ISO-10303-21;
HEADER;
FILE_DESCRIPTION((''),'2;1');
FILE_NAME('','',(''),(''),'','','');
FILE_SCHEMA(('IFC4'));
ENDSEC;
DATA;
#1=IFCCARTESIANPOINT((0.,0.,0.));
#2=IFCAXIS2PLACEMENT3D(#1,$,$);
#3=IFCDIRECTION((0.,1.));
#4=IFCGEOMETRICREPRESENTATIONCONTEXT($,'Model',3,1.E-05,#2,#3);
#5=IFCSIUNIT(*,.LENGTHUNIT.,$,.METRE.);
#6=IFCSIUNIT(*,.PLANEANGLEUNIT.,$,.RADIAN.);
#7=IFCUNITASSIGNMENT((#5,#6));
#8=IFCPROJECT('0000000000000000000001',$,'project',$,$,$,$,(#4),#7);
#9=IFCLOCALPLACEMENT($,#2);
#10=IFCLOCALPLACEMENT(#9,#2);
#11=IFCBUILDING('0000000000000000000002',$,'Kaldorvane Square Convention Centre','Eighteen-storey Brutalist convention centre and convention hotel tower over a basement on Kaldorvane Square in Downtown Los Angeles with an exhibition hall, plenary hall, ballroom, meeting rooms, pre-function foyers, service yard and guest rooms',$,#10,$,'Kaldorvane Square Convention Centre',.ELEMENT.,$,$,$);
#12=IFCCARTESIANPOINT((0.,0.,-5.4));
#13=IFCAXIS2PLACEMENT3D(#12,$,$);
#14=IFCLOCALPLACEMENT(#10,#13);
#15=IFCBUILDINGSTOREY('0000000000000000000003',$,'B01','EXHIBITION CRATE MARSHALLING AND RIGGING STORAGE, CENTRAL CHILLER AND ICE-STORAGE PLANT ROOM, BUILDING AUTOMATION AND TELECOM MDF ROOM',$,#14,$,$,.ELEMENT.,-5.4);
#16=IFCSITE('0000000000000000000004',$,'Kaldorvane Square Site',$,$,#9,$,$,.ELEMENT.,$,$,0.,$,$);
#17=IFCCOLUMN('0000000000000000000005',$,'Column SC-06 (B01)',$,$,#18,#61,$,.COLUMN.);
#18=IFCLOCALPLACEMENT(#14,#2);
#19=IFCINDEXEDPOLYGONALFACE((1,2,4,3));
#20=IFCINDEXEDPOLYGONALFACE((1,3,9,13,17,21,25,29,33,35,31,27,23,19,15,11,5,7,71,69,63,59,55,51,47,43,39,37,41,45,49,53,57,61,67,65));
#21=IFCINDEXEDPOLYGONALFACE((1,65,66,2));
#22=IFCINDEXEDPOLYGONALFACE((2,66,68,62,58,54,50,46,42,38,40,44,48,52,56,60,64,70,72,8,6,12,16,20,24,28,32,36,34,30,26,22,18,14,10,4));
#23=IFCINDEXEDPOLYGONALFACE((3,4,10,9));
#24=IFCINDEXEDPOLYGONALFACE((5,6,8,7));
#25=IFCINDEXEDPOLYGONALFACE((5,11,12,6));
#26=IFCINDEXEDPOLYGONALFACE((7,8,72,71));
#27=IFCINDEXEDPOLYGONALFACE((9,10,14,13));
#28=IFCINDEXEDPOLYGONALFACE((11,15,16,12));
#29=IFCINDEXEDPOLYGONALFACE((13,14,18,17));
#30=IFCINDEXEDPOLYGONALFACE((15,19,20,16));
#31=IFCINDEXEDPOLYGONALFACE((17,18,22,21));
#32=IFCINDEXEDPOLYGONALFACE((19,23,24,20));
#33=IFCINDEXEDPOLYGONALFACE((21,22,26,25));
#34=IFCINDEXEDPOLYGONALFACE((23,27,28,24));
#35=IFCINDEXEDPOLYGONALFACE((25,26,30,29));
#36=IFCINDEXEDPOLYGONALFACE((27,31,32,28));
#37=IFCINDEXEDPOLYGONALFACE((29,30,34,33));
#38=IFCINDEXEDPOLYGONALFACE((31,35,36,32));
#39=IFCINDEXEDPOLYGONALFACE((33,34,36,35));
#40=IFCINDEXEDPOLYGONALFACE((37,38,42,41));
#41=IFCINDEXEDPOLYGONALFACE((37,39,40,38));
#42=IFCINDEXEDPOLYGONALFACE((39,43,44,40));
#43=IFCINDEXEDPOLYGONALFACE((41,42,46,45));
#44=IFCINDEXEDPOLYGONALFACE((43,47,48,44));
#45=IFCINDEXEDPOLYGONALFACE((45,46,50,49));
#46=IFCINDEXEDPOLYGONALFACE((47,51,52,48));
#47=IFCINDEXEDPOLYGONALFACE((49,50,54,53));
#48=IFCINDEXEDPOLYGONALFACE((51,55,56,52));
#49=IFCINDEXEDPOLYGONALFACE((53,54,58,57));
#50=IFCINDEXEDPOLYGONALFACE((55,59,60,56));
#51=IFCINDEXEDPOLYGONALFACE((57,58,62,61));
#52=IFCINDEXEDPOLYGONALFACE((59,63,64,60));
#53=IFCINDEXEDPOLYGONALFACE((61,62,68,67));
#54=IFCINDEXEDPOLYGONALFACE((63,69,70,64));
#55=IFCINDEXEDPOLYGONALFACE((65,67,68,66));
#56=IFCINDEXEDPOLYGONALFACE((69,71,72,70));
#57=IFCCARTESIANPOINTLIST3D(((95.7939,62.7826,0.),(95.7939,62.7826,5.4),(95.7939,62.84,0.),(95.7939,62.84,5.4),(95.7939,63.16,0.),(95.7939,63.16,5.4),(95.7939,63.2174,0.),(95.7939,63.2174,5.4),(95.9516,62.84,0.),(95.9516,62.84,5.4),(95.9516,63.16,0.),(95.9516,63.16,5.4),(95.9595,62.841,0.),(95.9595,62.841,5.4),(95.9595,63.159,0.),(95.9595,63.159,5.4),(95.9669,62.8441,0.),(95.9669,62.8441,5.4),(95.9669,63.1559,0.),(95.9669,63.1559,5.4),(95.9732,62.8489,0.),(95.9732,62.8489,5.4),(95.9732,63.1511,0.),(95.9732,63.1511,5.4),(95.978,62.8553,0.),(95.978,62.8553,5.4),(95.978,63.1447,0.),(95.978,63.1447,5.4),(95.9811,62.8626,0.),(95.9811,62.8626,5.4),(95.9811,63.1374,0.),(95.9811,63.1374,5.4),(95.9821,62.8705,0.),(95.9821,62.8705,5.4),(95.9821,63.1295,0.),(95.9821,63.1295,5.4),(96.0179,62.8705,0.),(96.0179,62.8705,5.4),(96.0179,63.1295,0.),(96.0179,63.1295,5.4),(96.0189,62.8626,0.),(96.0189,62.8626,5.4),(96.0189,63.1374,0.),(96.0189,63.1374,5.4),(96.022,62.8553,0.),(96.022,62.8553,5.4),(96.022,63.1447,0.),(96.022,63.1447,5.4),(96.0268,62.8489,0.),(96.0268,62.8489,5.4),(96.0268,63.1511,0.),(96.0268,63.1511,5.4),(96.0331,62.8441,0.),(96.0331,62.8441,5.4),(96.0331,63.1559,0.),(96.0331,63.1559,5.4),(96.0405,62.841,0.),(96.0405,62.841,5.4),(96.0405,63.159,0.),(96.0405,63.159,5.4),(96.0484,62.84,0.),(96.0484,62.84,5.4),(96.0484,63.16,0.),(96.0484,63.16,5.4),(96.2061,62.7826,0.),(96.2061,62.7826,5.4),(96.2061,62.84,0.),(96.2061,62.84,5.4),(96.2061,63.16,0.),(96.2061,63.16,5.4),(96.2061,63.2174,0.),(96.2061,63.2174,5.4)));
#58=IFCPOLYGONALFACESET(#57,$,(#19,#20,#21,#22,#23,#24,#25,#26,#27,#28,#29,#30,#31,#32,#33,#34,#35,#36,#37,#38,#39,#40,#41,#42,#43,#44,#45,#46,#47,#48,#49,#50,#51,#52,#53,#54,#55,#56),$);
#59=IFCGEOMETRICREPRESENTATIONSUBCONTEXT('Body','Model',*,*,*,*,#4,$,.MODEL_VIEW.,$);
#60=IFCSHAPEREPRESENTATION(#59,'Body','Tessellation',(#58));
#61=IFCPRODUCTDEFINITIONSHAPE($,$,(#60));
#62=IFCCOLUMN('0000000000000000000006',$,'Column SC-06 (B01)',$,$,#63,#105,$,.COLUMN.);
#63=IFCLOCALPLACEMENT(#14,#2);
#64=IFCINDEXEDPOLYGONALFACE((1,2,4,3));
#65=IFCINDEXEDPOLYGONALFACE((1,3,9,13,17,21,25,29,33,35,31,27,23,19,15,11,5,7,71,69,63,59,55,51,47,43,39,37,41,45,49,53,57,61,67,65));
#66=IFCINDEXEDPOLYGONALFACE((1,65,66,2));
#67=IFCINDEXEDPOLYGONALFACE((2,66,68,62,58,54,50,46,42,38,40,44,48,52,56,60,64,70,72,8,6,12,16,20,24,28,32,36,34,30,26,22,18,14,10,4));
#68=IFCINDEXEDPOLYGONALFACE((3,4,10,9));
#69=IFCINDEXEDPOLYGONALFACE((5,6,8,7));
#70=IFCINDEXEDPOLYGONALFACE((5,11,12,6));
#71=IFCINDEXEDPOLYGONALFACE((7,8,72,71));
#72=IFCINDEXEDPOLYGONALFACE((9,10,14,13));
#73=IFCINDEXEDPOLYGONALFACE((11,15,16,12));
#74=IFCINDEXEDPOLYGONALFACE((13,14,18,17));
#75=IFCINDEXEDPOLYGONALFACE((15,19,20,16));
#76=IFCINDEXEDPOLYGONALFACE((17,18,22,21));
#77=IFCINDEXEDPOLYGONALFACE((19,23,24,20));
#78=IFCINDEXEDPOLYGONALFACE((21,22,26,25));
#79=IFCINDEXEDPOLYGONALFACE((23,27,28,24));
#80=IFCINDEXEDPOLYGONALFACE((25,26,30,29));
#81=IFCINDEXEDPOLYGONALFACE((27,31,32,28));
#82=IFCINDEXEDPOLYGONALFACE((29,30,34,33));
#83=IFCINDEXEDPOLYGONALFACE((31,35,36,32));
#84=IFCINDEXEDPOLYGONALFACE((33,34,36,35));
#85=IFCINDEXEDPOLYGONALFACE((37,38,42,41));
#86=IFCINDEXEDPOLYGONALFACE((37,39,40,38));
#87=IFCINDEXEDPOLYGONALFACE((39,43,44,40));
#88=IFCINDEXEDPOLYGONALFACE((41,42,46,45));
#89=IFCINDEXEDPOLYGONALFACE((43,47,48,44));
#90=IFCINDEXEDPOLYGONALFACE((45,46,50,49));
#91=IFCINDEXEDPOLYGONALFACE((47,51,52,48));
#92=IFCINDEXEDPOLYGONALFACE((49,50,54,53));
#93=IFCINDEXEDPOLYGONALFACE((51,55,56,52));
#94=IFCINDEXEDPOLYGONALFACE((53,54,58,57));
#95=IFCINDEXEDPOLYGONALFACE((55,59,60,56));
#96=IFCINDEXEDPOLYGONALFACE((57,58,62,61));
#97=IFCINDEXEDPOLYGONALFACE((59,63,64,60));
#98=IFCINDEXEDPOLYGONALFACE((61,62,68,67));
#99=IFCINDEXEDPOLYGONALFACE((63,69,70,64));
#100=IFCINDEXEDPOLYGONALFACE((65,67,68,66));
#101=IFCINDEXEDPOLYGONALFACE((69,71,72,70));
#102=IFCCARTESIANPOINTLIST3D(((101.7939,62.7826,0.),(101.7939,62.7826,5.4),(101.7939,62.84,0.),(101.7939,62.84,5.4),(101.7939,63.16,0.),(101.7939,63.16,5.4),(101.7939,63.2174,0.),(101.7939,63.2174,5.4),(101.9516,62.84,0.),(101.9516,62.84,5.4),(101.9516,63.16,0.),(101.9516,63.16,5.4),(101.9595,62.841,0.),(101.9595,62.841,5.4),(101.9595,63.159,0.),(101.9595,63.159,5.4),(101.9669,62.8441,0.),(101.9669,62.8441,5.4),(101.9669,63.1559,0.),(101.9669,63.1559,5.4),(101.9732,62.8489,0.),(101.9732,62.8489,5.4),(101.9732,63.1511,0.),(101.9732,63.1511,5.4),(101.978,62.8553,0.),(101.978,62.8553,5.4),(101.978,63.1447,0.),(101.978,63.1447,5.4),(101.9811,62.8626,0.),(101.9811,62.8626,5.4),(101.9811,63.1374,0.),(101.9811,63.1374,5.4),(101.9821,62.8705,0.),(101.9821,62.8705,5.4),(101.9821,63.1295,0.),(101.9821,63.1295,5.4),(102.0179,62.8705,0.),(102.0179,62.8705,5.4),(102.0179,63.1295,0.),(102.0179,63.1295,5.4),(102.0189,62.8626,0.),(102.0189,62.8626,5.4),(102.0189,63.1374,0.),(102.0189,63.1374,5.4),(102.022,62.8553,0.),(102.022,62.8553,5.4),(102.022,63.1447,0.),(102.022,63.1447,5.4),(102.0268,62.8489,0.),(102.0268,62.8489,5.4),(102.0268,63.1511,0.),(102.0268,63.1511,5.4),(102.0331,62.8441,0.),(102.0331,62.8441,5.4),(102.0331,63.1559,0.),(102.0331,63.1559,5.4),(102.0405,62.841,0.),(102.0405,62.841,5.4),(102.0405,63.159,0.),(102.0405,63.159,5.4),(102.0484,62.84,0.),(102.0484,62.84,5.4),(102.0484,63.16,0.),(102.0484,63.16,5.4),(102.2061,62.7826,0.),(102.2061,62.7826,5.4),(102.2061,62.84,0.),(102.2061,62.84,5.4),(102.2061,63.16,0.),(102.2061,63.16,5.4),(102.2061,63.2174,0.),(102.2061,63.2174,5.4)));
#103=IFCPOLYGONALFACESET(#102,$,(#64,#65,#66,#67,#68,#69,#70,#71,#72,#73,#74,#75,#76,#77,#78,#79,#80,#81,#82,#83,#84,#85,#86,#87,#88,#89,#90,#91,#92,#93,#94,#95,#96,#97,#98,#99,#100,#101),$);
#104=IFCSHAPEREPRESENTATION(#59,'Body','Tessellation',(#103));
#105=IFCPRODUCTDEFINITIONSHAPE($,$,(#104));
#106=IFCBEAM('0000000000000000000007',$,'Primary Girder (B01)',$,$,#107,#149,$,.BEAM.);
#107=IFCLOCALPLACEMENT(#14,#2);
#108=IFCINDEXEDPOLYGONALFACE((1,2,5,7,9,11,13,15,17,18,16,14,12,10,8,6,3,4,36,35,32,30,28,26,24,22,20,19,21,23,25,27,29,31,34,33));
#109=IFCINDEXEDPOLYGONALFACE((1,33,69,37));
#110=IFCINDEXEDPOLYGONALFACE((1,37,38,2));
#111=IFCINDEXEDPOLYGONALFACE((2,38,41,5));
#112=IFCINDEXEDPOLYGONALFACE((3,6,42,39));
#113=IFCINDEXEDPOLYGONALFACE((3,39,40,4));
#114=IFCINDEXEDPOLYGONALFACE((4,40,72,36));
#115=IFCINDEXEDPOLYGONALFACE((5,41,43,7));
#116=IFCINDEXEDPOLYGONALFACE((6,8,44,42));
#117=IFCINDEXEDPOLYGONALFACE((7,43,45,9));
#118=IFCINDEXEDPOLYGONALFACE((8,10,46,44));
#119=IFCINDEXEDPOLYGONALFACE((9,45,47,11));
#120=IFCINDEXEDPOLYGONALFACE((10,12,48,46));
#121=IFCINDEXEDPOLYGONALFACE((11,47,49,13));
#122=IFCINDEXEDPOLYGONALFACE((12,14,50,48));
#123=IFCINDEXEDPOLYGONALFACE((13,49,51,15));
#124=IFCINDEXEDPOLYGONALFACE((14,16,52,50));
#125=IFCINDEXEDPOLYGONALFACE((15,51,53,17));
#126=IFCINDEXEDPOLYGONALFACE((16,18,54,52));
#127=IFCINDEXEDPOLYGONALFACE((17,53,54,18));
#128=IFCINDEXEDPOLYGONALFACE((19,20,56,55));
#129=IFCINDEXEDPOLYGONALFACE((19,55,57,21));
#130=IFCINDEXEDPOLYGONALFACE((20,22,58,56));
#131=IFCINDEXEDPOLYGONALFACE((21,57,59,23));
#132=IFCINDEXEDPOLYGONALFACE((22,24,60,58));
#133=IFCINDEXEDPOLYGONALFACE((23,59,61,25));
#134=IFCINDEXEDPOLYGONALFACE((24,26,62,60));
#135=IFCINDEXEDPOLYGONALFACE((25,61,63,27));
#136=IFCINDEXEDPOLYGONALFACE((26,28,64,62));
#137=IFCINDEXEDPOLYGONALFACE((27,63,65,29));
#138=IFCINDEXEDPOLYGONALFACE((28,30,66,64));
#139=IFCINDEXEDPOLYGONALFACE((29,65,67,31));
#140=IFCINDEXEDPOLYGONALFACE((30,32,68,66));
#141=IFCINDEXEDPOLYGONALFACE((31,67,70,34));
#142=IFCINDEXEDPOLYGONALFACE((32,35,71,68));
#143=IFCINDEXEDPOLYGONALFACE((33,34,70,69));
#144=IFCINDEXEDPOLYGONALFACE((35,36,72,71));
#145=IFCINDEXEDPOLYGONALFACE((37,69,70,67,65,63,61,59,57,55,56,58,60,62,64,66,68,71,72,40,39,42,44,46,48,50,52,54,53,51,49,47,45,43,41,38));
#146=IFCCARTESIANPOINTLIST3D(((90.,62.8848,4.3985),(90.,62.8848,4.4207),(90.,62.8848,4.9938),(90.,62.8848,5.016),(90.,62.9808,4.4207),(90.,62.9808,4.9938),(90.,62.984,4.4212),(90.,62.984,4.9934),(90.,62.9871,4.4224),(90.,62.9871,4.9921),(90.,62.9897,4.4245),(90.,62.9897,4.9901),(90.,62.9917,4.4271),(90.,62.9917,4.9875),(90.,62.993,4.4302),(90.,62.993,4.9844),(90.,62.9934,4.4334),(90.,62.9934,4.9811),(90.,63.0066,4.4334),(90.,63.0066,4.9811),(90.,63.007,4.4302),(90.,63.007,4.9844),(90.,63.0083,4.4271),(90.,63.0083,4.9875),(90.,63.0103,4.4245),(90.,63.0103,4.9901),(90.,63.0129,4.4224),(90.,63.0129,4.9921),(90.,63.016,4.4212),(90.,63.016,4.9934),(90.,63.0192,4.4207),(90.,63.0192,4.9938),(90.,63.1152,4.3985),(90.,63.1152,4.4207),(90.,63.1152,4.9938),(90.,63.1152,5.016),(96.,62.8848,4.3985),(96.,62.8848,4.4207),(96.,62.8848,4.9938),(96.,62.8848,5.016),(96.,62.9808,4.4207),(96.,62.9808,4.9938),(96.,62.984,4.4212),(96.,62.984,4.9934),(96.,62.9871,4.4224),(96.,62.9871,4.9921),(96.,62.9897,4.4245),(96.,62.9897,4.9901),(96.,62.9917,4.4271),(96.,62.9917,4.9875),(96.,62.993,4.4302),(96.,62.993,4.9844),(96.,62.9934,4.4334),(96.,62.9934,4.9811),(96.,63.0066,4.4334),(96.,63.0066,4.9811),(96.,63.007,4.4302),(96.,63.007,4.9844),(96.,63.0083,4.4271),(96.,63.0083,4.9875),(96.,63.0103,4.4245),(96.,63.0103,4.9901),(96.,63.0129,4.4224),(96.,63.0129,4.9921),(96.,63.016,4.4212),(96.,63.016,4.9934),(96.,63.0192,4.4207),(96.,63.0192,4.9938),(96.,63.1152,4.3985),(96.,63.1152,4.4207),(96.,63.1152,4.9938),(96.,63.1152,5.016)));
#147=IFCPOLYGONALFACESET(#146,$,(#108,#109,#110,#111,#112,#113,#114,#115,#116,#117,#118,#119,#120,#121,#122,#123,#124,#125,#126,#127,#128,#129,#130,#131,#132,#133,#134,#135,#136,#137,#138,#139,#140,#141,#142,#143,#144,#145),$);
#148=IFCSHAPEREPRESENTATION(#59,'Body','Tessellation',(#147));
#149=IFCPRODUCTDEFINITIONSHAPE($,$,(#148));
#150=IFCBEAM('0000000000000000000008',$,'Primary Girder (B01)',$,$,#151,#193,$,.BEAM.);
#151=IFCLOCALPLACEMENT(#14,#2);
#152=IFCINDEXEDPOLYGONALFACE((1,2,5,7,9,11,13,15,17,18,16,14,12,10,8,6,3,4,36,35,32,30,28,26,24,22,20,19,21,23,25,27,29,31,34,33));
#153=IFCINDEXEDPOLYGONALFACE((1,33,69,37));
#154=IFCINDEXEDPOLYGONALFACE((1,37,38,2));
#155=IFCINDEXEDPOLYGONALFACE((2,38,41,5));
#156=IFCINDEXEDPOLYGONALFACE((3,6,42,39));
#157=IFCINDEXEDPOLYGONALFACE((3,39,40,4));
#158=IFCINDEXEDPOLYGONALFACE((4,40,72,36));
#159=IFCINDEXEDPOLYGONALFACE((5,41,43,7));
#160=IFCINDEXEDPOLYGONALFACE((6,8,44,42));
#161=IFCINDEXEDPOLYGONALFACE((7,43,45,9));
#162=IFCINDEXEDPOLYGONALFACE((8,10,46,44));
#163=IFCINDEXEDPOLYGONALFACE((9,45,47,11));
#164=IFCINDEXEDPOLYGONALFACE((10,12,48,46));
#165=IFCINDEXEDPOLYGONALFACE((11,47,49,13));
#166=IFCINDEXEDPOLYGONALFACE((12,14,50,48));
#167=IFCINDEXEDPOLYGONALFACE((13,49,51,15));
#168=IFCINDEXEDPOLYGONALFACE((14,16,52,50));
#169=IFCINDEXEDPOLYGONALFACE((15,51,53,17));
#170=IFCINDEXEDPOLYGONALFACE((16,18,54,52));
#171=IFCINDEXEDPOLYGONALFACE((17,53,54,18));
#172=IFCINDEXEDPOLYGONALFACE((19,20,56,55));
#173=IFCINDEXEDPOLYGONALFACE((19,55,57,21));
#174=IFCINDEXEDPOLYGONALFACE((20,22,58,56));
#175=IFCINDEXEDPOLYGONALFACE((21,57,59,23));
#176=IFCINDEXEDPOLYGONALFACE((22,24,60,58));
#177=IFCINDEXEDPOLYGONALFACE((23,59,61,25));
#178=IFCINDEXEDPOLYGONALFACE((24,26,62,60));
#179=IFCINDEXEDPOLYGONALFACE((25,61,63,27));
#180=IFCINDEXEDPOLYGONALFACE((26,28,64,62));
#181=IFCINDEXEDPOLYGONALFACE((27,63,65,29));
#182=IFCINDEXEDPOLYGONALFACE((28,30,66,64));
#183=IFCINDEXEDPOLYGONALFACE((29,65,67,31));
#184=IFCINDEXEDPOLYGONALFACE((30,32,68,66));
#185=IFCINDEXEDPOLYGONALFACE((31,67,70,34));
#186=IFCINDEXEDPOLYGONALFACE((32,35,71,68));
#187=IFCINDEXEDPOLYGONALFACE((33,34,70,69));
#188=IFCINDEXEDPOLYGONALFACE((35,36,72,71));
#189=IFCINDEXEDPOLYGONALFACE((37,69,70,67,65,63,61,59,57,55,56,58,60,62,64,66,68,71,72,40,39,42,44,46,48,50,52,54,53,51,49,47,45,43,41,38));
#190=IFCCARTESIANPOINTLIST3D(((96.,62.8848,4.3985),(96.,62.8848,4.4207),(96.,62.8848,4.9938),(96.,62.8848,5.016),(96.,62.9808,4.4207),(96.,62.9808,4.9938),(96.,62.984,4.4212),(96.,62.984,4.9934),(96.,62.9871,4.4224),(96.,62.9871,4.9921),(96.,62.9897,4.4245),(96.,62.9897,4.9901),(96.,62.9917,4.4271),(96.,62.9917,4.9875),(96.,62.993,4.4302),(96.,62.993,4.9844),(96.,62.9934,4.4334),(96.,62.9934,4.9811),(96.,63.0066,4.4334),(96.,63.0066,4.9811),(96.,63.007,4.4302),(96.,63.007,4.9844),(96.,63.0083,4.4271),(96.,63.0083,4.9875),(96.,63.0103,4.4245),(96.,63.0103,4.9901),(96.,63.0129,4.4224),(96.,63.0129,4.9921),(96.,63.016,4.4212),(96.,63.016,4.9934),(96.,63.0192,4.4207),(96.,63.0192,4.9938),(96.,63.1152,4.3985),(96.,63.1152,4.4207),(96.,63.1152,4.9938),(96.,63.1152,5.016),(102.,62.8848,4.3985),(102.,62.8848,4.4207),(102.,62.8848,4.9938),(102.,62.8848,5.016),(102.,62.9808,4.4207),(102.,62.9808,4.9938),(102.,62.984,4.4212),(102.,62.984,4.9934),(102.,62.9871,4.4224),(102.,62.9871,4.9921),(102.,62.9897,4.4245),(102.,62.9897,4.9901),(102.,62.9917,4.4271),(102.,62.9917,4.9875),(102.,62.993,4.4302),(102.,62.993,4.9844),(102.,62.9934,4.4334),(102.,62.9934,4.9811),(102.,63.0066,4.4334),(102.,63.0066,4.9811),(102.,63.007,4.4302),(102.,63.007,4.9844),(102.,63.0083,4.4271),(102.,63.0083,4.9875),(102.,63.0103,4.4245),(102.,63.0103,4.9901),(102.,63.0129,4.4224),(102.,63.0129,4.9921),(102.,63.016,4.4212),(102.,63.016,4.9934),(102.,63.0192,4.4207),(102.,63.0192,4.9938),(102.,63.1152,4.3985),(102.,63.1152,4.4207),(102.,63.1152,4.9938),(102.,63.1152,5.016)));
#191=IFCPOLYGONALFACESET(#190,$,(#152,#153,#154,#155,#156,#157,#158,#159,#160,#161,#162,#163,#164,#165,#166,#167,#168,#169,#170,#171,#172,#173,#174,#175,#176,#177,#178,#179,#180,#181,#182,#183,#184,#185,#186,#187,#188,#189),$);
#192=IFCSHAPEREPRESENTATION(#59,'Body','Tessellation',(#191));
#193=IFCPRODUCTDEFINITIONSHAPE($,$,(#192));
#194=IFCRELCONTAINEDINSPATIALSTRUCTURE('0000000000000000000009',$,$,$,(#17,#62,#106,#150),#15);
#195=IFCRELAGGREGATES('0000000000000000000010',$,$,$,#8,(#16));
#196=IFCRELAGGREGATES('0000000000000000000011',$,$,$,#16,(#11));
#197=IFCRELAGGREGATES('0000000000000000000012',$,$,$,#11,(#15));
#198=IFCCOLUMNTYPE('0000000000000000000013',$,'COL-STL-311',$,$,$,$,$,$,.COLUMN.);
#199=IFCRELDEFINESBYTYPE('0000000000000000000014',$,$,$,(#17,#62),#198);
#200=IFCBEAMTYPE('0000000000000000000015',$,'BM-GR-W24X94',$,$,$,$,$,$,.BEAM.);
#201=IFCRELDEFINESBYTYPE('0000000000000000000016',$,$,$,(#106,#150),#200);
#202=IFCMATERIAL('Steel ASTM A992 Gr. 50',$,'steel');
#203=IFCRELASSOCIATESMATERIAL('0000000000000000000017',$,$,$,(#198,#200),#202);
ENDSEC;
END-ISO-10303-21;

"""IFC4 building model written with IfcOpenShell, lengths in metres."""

from ifc_helpers import new_model, si_unit, direction, frame, origin, origin_2d, place, context, subcontext, project, spatial, i_section, extrude, material, material_profile, profile_set, type_object, element, save


model = new_model("IFC4")

# Units and contexts
model_context = context("Model", 3, precision=1e-05, world=origin(), true_north=direction((0.0, 1.0)))
body_context = subcontext(model_context, "Body", "Model", "MODEL_VIEW")
ifc_project = project(units=[si_unit("LENGTHUNIT", "METRE"), si_unit("PLANEANGLEUNIT", "RADIAN")], contexts=[model_context])

# Site, building, storey
site_placement = place(None, origin())
site = spatial("IfcSite", under=ifc_project, at=site_placement, Name="Kaldorvane Square Site", CompositionType="ELEMENT", RefElevation=0.0)
building_placement = place(site_placement, origin())
building = spatial("IfcBuilding", under=site, at=building_placement, Name="Kaldorvane Square Convention Centre", Description="Eighteen-storey Brutalist convention centre and convention hotel tower over a basement on Kaldorvane Square in Downtown Los Angeles with an exhibition hall, plenary hall, ballroom, meeting rooms, pre-function foyers, service yard and guest rooms", LongName="Kaldorvane Square Convention Centre", CompositionType="ELEMENT")
storey_placement = place(building_placement, frame((0.0, 0.0, -5.4)))
storey = spatial("IfcBuildingStorey", under=building, at=storey_placement, Name="B01", Description="EXHIBITION CRATE MARSHALLING AND RIGGING STORAGE, CENTRAL CHILLER AND ICE-STORAGE PLANT ROOM, BUILDING AUTOMATION AND TELECOM MDF ROOM", CompositionType="ELEMENT", Elevation=-5.4)

# Columns
ifc_material_1 = material(Name="Steel ASTM A992 Gr. 50", Category="steel")
ifc_material_profile_1 = material_profile(ifc_material_1, i_section(OverallWidth=0.4122, OverallDepth=0.4348, WebThickness=0.0358, FlangeThickness=0.0574, FilletRadius=0.0305, at=origin_2d()), Name="W14X311")
ifc_profile_set_1 = profile_set([ifc_material_profile_1], Name="Steel ASTM A992 Gr. 50")
column_type_1 = type_object("IfcColumnType", Name="COL-STL-311", PredefinedType="COLUMN", material=ifc_profile_set_1)
for number, where, z_axis, x_axis, name in (
    (1, (96.0, 63.0, 0.0), (0.0, 0.0, 1.0), (1.0, 0.0, 0.0), "Column SC-06 (B01)"),
    (2, (102.0, 63.0, 0.0), (0.0, 0.0, 1.0), (1.0, 0.0, 0.0), "Column SC-06 (B01)"),
):
    element("IfcColumn", number, at=place(storey_placement, frame(where, z_axis=z_axis, x_axis=x_axis)), inside=storey, type_object=column_type_1, Name=name, PredefinedType="COLUMN", context=body_context, shape_type="SweptSolid", body=[
        extrude(i_section(OverallWidth=0.4122, OverallDepth=0.4348, WebThickness=0.0358, FlangeThickness=0.0574, FilletRadius=0.0305, at=origin_2d()), origin(), (0.0, 0.0, 1.0), 5.4),
    ])

# Beams
ifc_material_profile_2 = material_profile(ifc_material_1, i_section(OverallWidth=0.2303, OverallDepth=0.6175, WebThickness=0.0131, FlangeThickness=0.0222, FilletRadius=0.0127, at=origin_2d()), Name="W24X94")
ifc_profile_set_2 = profile_set([ifc_material_profile_2], Name="Steel ASTM A992 Gr. 50")
beam_type_1 = type_object("IfcBeamType", Name="BM-GR-W24X94", PredefinedType="BEAM", material=ifc_profile_set_2)
for number, where, z_axis, x_axis, name in (
    (3, (90.0, 63.0, 4.7073), (1.0, 0.0, 0.0), (0.0, 1.0, 0.0), "Primary Girder (B01)"),
    (4, (96.0, 63.0, 4.7073), (1.0, 0.0, 0.0), (0.0, 1.0, 0.0), "Primary Girder (B01)"),
):
    element("IfcBeam", number, at=place(storey_placement, frame(where, z_axis=z_axis, x_axis=x_axis)), inside=storey, type_object=beam_type_1, Name=name, PredefinedType="BEAM", context=body_context, shape_type="SweptSolid", body=[
        extrude(i_section(OverallWidth=0.2303, OverallDepth=0.6175, WebThickness=0.0131, FlangeThickness=0.0222, FilletRadius=0.0127, at=origin_2d()), origin(), (0.0, 0.0, 1.0), 6.0),
    ])

save(model, "model.ifc")
